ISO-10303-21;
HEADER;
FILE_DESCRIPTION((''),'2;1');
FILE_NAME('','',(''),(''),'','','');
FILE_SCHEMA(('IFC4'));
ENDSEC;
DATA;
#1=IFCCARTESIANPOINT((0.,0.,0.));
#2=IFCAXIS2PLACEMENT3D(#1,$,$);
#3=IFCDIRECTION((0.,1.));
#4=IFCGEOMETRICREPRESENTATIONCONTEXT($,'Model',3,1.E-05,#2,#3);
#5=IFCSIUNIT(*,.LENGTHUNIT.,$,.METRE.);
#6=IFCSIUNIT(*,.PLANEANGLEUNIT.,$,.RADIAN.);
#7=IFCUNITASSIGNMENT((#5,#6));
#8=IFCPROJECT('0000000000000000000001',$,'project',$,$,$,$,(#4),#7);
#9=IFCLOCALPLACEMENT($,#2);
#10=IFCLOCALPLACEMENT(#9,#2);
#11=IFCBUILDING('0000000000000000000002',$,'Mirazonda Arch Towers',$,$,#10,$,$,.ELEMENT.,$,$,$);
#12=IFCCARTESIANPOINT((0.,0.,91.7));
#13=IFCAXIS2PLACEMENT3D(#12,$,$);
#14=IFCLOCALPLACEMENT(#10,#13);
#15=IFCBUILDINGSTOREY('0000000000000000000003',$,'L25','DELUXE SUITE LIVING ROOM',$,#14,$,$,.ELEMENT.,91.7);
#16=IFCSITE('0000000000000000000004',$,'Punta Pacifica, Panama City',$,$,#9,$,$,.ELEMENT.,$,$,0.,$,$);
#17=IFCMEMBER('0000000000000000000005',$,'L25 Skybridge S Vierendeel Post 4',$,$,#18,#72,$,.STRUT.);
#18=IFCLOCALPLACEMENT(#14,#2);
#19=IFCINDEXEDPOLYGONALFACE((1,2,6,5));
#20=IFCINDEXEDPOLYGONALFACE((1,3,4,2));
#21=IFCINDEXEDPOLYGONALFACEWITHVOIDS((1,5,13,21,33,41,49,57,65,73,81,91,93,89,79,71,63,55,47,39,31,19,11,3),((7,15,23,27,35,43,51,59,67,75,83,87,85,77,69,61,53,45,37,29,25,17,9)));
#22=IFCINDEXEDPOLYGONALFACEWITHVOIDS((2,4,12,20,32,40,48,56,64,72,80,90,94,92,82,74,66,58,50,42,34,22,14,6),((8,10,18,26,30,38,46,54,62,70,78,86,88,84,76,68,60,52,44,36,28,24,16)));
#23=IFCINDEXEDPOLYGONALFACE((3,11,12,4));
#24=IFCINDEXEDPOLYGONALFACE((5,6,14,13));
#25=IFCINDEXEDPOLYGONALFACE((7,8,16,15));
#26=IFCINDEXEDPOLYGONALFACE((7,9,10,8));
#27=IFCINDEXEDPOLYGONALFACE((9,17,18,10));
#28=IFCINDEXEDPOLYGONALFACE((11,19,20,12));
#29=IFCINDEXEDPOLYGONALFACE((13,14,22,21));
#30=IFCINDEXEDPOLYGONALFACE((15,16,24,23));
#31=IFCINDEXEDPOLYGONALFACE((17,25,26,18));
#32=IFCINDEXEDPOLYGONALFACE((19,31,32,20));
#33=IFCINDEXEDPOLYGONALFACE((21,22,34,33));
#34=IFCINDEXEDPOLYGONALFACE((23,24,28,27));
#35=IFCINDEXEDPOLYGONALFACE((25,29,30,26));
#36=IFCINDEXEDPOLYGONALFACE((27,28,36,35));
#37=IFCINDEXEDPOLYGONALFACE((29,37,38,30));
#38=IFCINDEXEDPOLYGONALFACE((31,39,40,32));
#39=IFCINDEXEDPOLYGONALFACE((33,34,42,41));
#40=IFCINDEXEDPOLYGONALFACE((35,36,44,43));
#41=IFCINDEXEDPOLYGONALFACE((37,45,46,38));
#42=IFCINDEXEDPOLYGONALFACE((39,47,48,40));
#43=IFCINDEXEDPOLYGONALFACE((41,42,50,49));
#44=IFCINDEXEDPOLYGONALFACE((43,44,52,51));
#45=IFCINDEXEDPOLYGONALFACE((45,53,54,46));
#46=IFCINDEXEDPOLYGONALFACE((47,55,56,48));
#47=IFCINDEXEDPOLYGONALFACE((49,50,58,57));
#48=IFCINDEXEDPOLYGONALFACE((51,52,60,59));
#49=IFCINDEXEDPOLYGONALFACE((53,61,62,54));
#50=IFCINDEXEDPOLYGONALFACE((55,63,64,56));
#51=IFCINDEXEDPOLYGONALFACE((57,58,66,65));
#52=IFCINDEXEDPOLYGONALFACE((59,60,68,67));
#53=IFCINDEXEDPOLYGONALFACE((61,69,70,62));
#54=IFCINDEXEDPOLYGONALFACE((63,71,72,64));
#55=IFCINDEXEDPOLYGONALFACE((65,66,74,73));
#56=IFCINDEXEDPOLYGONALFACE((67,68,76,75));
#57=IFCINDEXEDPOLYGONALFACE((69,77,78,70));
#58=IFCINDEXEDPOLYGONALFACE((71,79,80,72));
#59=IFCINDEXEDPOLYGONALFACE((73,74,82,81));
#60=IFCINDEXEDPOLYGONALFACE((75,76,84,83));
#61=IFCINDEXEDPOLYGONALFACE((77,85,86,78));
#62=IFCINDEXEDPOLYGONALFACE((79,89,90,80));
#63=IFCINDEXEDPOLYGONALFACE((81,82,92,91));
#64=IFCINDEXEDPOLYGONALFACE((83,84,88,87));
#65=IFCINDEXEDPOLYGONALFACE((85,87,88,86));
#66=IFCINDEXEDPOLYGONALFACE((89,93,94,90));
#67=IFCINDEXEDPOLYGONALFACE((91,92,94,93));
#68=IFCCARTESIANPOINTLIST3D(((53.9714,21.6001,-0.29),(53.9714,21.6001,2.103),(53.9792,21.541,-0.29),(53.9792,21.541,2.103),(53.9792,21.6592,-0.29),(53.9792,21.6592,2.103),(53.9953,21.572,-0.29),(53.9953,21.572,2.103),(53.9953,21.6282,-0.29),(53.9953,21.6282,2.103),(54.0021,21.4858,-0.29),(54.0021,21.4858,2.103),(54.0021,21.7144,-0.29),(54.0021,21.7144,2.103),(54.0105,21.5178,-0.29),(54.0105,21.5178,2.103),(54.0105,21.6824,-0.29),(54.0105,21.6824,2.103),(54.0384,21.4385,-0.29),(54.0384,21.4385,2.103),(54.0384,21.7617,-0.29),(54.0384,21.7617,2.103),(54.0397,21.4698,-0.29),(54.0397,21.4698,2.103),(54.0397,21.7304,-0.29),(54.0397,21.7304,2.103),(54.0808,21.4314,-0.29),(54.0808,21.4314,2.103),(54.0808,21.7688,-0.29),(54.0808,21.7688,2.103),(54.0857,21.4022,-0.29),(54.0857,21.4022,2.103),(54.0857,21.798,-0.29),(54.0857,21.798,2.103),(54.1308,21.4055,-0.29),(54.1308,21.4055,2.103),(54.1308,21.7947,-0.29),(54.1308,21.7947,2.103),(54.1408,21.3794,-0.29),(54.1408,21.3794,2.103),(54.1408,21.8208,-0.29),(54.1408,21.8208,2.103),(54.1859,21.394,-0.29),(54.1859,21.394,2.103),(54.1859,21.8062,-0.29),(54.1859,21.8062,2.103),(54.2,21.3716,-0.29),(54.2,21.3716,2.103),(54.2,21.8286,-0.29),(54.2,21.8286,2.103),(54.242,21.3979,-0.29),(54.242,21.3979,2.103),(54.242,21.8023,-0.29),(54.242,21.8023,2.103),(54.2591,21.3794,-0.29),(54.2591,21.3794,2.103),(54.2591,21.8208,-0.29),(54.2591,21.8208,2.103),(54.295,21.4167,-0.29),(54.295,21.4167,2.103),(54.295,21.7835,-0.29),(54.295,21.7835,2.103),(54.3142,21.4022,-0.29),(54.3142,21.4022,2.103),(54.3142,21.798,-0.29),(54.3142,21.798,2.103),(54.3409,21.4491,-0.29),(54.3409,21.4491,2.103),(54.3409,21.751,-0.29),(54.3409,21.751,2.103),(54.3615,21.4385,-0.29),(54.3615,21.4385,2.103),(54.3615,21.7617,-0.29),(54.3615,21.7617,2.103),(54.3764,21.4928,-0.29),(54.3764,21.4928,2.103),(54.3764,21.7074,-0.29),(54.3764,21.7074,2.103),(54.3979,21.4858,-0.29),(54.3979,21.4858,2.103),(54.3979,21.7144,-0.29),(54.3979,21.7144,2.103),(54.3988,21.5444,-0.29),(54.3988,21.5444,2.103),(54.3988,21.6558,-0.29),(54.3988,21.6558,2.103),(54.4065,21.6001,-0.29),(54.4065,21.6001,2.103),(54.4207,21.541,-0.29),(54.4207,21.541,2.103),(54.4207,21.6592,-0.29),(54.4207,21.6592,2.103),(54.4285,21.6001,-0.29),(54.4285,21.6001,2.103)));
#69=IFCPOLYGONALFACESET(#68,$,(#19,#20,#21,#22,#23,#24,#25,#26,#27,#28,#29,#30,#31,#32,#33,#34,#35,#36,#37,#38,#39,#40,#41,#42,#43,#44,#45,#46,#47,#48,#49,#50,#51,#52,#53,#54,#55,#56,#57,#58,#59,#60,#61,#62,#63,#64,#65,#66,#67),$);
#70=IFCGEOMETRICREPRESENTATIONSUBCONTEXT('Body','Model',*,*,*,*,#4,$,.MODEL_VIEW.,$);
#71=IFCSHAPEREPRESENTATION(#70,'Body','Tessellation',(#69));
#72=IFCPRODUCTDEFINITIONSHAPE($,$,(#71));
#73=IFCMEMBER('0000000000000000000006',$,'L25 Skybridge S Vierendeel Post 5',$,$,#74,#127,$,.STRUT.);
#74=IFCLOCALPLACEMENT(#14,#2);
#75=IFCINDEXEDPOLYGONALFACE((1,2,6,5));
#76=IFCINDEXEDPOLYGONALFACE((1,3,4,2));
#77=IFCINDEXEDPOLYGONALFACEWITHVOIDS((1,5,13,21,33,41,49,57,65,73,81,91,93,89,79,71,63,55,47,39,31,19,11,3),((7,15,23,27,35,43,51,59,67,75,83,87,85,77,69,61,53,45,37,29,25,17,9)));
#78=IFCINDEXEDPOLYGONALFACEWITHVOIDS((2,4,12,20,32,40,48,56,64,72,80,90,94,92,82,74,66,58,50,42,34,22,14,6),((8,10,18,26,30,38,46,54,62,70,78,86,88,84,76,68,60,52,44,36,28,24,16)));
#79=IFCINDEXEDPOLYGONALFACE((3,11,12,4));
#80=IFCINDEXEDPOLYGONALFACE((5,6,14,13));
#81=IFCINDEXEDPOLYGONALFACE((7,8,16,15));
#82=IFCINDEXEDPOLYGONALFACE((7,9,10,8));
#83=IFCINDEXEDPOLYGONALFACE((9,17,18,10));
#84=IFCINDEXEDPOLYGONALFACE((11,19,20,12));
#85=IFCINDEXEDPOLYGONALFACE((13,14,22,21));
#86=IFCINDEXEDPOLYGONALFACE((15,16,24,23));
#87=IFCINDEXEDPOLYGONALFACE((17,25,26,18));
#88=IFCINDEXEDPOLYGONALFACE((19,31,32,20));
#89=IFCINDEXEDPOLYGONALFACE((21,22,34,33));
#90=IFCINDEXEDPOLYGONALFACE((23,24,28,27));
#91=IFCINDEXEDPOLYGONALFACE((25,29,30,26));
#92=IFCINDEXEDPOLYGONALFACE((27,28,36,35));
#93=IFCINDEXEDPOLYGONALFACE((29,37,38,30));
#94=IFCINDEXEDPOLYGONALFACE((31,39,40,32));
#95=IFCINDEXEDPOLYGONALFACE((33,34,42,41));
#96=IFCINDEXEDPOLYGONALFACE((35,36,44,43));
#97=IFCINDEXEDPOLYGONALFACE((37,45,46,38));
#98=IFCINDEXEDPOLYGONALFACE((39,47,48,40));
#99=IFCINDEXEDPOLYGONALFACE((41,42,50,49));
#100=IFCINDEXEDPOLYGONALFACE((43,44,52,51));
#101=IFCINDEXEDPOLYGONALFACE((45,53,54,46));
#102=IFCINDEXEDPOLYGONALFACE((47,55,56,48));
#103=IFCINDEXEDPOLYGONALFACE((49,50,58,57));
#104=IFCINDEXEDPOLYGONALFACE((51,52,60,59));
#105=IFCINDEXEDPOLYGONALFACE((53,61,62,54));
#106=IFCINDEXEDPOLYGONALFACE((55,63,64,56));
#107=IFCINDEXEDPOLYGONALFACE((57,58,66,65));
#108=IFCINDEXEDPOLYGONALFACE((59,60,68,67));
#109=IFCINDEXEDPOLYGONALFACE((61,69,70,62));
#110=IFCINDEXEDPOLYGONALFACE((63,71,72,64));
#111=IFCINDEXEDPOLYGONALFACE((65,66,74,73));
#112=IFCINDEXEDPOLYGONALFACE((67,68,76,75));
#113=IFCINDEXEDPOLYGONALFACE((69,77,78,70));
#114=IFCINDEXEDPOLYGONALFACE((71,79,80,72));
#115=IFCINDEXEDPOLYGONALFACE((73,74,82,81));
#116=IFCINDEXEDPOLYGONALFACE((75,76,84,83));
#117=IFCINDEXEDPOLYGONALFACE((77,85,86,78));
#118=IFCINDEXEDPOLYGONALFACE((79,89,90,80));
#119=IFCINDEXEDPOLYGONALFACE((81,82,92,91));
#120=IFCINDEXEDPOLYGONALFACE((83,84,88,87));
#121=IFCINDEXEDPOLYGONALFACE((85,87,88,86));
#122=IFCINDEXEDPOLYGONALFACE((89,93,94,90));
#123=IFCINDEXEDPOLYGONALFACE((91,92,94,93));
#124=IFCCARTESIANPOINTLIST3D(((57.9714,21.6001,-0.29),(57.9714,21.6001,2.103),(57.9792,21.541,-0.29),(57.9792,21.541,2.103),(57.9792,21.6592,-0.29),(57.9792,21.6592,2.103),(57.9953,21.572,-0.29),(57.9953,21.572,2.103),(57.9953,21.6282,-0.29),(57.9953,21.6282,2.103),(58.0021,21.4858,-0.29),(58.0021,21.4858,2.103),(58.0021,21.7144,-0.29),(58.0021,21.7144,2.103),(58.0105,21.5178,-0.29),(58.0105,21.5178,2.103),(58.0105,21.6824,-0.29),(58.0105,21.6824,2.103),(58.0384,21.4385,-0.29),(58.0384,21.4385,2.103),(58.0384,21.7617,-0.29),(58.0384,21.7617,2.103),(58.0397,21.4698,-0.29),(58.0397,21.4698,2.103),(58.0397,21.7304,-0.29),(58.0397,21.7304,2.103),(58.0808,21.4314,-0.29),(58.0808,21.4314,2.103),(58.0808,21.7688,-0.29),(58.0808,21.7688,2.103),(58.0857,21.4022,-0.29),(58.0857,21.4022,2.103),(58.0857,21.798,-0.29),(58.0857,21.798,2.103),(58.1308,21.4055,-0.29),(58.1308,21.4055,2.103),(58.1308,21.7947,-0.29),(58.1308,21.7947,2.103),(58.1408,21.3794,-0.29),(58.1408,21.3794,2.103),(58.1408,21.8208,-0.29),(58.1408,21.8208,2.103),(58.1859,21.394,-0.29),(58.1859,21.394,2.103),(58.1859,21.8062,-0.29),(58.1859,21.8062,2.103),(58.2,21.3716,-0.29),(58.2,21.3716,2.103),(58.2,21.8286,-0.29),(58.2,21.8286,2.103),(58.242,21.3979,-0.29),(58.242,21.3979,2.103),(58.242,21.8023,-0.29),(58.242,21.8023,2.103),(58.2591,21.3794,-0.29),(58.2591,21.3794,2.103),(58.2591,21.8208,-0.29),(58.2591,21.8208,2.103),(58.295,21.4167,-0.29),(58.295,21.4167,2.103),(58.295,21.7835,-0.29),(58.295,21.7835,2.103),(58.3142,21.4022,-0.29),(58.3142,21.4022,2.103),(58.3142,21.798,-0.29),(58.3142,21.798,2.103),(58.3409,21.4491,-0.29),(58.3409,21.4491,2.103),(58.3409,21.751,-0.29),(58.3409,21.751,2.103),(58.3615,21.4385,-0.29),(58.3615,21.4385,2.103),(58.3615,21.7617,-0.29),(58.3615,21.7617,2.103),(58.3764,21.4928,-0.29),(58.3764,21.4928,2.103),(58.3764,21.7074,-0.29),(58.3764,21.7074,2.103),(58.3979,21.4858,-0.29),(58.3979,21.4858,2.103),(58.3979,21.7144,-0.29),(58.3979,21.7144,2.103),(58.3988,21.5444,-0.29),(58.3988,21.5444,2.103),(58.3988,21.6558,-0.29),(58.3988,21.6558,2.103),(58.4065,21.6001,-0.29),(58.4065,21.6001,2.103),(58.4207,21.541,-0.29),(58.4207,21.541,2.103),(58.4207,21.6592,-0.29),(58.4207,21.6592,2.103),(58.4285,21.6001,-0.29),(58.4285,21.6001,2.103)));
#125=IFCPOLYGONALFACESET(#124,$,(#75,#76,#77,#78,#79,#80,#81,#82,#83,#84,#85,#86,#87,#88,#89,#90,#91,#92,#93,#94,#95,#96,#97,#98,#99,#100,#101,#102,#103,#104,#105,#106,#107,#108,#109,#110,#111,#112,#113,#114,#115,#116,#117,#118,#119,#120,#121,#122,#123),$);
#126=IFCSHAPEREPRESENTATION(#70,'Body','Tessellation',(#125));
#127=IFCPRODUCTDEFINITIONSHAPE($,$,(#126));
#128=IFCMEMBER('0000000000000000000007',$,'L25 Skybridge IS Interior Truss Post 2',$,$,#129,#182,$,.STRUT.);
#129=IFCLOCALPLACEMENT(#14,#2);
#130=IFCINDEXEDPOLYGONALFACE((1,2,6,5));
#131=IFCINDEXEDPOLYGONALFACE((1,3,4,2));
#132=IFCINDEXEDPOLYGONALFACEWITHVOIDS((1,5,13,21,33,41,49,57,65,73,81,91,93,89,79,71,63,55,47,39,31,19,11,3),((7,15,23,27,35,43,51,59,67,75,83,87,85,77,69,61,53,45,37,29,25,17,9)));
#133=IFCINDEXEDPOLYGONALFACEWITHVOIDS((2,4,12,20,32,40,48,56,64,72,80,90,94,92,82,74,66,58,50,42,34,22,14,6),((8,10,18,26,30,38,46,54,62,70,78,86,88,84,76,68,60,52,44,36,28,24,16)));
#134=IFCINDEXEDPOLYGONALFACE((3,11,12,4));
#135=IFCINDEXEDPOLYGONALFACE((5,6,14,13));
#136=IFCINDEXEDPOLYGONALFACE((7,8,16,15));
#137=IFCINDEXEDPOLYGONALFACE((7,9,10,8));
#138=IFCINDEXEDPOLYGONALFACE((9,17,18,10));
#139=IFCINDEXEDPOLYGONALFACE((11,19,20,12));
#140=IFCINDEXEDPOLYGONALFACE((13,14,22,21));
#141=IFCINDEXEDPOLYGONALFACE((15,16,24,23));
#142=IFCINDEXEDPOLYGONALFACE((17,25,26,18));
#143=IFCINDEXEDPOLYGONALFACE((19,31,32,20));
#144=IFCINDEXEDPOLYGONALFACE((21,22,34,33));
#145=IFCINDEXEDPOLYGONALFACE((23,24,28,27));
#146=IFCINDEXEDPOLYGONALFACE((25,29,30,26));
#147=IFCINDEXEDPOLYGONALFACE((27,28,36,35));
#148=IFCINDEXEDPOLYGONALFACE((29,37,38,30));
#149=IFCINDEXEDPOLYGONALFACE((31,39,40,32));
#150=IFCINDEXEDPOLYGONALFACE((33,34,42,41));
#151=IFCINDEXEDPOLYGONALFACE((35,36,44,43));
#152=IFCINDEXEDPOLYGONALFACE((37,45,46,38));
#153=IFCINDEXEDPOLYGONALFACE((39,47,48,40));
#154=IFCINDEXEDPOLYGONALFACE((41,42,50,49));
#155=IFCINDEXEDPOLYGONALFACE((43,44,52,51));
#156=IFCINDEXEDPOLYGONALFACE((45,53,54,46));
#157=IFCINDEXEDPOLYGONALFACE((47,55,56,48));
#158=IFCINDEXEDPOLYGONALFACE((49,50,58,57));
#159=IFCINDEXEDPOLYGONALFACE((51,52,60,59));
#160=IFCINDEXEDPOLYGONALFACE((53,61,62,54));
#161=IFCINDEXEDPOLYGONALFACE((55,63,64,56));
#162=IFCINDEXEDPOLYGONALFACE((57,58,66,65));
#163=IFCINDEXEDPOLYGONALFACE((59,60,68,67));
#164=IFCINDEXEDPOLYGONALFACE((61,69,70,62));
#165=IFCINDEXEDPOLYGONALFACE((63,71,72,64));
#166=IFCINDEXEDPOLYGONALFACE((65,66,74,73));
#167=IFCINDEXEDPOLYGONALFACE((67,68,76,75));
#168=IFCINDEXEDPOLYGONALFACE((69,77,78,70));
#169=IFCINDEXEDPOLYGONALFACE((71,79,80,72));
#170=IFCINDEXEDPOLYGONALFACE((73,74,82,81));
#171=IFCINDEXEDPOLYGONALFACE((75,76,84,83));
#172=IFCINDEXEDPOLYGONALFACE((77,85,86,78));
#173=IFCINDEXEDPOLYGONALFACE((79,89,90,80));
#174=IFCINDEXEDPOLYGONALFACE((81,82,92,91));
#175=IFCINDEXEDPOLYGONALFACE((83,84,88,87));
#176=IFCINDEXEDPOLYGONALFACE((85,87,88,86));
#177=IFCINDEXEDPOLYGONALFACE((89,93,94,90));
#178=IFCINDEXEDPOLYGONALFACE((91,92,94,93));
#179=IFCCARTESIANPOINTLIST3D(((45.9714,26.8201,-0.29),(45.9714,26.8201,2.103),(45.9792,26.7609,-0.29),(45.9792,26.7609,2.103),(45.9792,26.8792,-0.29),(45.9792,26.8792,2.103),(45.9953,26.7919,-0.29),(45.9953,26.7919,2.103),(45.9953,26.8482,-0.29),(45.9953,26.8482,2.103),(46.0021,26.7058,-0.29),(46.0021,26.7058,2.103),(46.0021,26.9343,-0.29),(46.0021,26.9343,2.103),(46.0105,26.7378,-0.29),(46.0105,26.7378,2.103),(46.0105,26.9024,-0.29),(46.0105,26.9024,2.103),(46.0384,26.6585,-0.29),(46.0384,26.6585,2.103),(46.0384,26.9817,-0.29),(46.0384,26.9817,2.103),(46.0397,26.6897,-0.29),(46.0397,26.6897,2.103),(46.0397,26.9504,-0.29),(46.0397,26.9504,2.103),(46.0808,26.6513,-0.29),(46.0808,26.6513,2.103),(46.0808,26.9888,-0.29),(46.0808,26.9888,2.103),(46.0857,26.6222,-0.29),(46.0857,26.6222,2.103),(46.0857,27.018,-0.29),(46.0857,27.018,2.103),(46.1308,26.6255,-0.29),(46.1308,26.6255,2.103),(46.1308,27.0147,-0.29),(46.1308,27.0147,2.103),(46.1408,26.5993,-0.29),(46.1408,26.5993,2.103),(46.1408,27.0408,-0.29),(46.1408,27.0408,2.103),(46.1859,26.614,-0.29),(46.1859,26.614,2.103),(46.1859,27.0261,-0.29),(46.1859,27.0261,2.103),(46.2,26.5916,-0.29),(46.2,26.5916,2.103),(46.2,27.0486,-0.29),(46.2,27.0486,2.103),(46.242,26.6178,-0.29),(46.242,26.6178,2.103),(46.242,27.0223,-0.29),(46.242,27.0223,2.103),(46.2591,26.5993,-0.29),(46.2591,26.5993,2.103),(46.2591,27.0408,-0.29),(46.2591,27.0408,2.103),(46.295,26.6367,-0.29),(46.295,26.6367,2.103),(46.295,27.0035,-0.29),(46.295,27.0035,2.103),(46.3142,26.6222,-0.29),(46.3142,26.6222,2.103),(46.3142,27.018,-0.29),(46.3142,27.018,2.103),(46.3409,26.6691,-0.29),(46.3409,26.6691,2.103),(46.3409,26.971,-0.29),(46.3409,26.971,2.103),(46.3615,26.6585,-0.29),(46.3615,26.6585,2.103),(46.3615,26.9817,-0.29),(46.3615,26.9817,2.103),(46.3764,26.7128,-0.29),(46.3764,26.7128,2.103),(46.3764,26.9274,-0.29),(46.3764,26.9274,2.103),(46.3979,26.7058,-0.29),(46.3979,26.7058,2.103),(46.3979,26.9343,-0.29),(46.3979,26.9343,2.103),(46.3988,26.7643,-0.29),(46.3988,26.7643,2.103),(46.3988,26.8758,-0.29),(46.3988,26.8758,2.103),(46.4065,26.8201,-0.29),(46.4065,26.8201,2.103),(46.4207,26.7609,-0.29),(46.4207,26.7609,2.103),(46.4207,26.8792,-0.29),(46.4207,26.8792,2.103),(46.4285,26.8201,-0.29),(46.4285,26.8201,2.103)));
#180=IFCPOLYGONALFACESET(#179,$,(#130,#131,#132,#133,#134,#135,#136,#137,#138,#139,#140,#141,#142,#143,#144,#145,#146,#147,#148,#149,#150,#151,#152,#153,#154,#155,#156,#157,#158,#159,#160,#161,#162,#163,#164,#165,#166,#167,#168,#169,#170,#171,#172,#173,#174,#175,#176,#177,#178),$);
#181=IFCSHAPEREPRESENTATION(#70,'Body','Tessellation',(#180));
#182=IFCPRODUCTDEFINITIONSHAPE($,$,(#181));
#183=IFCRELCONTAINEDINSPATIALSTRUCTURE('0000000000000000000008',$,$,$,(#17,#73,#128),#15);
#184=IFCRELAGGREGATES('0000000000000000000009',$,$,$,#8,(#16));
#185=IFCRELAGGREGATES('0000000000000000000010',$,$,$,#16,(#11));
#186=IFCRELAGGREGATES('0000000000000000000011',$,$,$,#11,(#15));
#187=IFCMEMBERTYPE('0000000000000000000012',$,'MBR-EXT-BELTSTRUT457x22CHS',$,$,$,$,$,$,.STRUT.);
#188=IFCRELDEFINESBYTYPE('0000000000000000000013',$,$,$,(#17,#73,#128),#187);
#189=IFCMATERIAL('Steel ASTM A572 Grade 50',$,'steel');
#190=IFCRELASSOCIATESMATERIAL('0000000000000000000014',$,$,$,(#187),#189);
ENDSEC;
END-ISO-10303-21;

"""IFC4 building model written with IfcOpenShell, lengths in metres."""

from ifc_helpers import new_model, si_unit, direction, frame, origin, origin_2d, place, context, subcontext, project, spatial, hollow_circle, extrude, material, material_profile, profile_set, type_object, element, save


model = new_model("IFC4")

# Units and contexts
model_context = context("Model", 3, precision=1e-05, world=origin(), true_north=direction((0.0, 1.0)))
body_context = subcontext(model_context, "Body", "Model", "MODEL_VIEW")
ifc_project = project(units=[si_unit("LENGTHUNIT", "METRE"), si_unit("PLANEANGLEUNIT", "RADIAN")], contexts=[model_context])

# Site, building, storey
site_placement = place(None, origin())
site = spatial("IfcSite", under=ifc_project, at=site_placement, Name="Punta Pacifica, Panama City", CompositionType="ELEMENT", RefElevation=0.0)
building_placement = place(site_placement, origin())
building = spatial("IfcBuilding", under=site, at=building_placement, Name="Mirazonda Arch Towers", CompositionType="ELEMENT")
storey_placement = place(building_placement, frame((0.0, 0.0, 91.7)))
storey = spatial("IfcBuildingStorey", under=building, at=storey_placement, Name="L25", Description="DELUXE SUITE LIVING ROOM", CompositionType="ELEMENT", Elevation=91.7)

# Members
ifc_material_1 = material(Name="Steel ASTM A572 Grade 50", Category="steel")
ifc_material_profile_1 = material_profile(ifc_material_1, hollow_circle(Radius=0.2285, WallThickness=0.022, at=origin_2d()), Name="BELTSTRUT457x22CHS")
ifc_profile_set_1 = profile_set([ifc_material_profile_1], Name="Steel ASTM A572 Grade 50")
member_type_1 = type_object("IfcMemberType", Name="MBR-EXT-BELTSTRUT457x22CHS", PredefinedType="STRUT", material=ifc_profile_set_1)
for number, where, z_axis, x_axis, name in (
    (1, (54.2, 21.6001, -0.29), (0.0, 0.0, 1.0), (1.0, 0.0, 0.0), "L25 Skybridge S Vierendeel Post 4"),
    (2, (58.2, 21.6001, -0.29), (0.0, 0.0, 1.0), (1.0, 0.0, 0.0), "L25 Skybridge S Vierendeel Post 5"),
    (3, (46.2, 26.8201, -0.29), (0.0, 0.0, 1.0), (1.0, 0.0, 0.0), "L25 Skybridge IS Interior Truss Post 2"),
):
    element("IfcMember", number, at=place(storey_placement, frame(where, z_axis=z_axis, x_axis=x_axis)), inside=storey, type_object=member_type_1, Name=name, PredefinedType="STRUT", context=body_context, shape_type="SweptSolid", body=[
        extrude(hollow_circle(Radius=0.2285, WallThickness=0.022, at=origin_2d()), origin(), (0.0, 0.0, 1.0), 2.3931),
    ])

save(model, "model.ifc")
